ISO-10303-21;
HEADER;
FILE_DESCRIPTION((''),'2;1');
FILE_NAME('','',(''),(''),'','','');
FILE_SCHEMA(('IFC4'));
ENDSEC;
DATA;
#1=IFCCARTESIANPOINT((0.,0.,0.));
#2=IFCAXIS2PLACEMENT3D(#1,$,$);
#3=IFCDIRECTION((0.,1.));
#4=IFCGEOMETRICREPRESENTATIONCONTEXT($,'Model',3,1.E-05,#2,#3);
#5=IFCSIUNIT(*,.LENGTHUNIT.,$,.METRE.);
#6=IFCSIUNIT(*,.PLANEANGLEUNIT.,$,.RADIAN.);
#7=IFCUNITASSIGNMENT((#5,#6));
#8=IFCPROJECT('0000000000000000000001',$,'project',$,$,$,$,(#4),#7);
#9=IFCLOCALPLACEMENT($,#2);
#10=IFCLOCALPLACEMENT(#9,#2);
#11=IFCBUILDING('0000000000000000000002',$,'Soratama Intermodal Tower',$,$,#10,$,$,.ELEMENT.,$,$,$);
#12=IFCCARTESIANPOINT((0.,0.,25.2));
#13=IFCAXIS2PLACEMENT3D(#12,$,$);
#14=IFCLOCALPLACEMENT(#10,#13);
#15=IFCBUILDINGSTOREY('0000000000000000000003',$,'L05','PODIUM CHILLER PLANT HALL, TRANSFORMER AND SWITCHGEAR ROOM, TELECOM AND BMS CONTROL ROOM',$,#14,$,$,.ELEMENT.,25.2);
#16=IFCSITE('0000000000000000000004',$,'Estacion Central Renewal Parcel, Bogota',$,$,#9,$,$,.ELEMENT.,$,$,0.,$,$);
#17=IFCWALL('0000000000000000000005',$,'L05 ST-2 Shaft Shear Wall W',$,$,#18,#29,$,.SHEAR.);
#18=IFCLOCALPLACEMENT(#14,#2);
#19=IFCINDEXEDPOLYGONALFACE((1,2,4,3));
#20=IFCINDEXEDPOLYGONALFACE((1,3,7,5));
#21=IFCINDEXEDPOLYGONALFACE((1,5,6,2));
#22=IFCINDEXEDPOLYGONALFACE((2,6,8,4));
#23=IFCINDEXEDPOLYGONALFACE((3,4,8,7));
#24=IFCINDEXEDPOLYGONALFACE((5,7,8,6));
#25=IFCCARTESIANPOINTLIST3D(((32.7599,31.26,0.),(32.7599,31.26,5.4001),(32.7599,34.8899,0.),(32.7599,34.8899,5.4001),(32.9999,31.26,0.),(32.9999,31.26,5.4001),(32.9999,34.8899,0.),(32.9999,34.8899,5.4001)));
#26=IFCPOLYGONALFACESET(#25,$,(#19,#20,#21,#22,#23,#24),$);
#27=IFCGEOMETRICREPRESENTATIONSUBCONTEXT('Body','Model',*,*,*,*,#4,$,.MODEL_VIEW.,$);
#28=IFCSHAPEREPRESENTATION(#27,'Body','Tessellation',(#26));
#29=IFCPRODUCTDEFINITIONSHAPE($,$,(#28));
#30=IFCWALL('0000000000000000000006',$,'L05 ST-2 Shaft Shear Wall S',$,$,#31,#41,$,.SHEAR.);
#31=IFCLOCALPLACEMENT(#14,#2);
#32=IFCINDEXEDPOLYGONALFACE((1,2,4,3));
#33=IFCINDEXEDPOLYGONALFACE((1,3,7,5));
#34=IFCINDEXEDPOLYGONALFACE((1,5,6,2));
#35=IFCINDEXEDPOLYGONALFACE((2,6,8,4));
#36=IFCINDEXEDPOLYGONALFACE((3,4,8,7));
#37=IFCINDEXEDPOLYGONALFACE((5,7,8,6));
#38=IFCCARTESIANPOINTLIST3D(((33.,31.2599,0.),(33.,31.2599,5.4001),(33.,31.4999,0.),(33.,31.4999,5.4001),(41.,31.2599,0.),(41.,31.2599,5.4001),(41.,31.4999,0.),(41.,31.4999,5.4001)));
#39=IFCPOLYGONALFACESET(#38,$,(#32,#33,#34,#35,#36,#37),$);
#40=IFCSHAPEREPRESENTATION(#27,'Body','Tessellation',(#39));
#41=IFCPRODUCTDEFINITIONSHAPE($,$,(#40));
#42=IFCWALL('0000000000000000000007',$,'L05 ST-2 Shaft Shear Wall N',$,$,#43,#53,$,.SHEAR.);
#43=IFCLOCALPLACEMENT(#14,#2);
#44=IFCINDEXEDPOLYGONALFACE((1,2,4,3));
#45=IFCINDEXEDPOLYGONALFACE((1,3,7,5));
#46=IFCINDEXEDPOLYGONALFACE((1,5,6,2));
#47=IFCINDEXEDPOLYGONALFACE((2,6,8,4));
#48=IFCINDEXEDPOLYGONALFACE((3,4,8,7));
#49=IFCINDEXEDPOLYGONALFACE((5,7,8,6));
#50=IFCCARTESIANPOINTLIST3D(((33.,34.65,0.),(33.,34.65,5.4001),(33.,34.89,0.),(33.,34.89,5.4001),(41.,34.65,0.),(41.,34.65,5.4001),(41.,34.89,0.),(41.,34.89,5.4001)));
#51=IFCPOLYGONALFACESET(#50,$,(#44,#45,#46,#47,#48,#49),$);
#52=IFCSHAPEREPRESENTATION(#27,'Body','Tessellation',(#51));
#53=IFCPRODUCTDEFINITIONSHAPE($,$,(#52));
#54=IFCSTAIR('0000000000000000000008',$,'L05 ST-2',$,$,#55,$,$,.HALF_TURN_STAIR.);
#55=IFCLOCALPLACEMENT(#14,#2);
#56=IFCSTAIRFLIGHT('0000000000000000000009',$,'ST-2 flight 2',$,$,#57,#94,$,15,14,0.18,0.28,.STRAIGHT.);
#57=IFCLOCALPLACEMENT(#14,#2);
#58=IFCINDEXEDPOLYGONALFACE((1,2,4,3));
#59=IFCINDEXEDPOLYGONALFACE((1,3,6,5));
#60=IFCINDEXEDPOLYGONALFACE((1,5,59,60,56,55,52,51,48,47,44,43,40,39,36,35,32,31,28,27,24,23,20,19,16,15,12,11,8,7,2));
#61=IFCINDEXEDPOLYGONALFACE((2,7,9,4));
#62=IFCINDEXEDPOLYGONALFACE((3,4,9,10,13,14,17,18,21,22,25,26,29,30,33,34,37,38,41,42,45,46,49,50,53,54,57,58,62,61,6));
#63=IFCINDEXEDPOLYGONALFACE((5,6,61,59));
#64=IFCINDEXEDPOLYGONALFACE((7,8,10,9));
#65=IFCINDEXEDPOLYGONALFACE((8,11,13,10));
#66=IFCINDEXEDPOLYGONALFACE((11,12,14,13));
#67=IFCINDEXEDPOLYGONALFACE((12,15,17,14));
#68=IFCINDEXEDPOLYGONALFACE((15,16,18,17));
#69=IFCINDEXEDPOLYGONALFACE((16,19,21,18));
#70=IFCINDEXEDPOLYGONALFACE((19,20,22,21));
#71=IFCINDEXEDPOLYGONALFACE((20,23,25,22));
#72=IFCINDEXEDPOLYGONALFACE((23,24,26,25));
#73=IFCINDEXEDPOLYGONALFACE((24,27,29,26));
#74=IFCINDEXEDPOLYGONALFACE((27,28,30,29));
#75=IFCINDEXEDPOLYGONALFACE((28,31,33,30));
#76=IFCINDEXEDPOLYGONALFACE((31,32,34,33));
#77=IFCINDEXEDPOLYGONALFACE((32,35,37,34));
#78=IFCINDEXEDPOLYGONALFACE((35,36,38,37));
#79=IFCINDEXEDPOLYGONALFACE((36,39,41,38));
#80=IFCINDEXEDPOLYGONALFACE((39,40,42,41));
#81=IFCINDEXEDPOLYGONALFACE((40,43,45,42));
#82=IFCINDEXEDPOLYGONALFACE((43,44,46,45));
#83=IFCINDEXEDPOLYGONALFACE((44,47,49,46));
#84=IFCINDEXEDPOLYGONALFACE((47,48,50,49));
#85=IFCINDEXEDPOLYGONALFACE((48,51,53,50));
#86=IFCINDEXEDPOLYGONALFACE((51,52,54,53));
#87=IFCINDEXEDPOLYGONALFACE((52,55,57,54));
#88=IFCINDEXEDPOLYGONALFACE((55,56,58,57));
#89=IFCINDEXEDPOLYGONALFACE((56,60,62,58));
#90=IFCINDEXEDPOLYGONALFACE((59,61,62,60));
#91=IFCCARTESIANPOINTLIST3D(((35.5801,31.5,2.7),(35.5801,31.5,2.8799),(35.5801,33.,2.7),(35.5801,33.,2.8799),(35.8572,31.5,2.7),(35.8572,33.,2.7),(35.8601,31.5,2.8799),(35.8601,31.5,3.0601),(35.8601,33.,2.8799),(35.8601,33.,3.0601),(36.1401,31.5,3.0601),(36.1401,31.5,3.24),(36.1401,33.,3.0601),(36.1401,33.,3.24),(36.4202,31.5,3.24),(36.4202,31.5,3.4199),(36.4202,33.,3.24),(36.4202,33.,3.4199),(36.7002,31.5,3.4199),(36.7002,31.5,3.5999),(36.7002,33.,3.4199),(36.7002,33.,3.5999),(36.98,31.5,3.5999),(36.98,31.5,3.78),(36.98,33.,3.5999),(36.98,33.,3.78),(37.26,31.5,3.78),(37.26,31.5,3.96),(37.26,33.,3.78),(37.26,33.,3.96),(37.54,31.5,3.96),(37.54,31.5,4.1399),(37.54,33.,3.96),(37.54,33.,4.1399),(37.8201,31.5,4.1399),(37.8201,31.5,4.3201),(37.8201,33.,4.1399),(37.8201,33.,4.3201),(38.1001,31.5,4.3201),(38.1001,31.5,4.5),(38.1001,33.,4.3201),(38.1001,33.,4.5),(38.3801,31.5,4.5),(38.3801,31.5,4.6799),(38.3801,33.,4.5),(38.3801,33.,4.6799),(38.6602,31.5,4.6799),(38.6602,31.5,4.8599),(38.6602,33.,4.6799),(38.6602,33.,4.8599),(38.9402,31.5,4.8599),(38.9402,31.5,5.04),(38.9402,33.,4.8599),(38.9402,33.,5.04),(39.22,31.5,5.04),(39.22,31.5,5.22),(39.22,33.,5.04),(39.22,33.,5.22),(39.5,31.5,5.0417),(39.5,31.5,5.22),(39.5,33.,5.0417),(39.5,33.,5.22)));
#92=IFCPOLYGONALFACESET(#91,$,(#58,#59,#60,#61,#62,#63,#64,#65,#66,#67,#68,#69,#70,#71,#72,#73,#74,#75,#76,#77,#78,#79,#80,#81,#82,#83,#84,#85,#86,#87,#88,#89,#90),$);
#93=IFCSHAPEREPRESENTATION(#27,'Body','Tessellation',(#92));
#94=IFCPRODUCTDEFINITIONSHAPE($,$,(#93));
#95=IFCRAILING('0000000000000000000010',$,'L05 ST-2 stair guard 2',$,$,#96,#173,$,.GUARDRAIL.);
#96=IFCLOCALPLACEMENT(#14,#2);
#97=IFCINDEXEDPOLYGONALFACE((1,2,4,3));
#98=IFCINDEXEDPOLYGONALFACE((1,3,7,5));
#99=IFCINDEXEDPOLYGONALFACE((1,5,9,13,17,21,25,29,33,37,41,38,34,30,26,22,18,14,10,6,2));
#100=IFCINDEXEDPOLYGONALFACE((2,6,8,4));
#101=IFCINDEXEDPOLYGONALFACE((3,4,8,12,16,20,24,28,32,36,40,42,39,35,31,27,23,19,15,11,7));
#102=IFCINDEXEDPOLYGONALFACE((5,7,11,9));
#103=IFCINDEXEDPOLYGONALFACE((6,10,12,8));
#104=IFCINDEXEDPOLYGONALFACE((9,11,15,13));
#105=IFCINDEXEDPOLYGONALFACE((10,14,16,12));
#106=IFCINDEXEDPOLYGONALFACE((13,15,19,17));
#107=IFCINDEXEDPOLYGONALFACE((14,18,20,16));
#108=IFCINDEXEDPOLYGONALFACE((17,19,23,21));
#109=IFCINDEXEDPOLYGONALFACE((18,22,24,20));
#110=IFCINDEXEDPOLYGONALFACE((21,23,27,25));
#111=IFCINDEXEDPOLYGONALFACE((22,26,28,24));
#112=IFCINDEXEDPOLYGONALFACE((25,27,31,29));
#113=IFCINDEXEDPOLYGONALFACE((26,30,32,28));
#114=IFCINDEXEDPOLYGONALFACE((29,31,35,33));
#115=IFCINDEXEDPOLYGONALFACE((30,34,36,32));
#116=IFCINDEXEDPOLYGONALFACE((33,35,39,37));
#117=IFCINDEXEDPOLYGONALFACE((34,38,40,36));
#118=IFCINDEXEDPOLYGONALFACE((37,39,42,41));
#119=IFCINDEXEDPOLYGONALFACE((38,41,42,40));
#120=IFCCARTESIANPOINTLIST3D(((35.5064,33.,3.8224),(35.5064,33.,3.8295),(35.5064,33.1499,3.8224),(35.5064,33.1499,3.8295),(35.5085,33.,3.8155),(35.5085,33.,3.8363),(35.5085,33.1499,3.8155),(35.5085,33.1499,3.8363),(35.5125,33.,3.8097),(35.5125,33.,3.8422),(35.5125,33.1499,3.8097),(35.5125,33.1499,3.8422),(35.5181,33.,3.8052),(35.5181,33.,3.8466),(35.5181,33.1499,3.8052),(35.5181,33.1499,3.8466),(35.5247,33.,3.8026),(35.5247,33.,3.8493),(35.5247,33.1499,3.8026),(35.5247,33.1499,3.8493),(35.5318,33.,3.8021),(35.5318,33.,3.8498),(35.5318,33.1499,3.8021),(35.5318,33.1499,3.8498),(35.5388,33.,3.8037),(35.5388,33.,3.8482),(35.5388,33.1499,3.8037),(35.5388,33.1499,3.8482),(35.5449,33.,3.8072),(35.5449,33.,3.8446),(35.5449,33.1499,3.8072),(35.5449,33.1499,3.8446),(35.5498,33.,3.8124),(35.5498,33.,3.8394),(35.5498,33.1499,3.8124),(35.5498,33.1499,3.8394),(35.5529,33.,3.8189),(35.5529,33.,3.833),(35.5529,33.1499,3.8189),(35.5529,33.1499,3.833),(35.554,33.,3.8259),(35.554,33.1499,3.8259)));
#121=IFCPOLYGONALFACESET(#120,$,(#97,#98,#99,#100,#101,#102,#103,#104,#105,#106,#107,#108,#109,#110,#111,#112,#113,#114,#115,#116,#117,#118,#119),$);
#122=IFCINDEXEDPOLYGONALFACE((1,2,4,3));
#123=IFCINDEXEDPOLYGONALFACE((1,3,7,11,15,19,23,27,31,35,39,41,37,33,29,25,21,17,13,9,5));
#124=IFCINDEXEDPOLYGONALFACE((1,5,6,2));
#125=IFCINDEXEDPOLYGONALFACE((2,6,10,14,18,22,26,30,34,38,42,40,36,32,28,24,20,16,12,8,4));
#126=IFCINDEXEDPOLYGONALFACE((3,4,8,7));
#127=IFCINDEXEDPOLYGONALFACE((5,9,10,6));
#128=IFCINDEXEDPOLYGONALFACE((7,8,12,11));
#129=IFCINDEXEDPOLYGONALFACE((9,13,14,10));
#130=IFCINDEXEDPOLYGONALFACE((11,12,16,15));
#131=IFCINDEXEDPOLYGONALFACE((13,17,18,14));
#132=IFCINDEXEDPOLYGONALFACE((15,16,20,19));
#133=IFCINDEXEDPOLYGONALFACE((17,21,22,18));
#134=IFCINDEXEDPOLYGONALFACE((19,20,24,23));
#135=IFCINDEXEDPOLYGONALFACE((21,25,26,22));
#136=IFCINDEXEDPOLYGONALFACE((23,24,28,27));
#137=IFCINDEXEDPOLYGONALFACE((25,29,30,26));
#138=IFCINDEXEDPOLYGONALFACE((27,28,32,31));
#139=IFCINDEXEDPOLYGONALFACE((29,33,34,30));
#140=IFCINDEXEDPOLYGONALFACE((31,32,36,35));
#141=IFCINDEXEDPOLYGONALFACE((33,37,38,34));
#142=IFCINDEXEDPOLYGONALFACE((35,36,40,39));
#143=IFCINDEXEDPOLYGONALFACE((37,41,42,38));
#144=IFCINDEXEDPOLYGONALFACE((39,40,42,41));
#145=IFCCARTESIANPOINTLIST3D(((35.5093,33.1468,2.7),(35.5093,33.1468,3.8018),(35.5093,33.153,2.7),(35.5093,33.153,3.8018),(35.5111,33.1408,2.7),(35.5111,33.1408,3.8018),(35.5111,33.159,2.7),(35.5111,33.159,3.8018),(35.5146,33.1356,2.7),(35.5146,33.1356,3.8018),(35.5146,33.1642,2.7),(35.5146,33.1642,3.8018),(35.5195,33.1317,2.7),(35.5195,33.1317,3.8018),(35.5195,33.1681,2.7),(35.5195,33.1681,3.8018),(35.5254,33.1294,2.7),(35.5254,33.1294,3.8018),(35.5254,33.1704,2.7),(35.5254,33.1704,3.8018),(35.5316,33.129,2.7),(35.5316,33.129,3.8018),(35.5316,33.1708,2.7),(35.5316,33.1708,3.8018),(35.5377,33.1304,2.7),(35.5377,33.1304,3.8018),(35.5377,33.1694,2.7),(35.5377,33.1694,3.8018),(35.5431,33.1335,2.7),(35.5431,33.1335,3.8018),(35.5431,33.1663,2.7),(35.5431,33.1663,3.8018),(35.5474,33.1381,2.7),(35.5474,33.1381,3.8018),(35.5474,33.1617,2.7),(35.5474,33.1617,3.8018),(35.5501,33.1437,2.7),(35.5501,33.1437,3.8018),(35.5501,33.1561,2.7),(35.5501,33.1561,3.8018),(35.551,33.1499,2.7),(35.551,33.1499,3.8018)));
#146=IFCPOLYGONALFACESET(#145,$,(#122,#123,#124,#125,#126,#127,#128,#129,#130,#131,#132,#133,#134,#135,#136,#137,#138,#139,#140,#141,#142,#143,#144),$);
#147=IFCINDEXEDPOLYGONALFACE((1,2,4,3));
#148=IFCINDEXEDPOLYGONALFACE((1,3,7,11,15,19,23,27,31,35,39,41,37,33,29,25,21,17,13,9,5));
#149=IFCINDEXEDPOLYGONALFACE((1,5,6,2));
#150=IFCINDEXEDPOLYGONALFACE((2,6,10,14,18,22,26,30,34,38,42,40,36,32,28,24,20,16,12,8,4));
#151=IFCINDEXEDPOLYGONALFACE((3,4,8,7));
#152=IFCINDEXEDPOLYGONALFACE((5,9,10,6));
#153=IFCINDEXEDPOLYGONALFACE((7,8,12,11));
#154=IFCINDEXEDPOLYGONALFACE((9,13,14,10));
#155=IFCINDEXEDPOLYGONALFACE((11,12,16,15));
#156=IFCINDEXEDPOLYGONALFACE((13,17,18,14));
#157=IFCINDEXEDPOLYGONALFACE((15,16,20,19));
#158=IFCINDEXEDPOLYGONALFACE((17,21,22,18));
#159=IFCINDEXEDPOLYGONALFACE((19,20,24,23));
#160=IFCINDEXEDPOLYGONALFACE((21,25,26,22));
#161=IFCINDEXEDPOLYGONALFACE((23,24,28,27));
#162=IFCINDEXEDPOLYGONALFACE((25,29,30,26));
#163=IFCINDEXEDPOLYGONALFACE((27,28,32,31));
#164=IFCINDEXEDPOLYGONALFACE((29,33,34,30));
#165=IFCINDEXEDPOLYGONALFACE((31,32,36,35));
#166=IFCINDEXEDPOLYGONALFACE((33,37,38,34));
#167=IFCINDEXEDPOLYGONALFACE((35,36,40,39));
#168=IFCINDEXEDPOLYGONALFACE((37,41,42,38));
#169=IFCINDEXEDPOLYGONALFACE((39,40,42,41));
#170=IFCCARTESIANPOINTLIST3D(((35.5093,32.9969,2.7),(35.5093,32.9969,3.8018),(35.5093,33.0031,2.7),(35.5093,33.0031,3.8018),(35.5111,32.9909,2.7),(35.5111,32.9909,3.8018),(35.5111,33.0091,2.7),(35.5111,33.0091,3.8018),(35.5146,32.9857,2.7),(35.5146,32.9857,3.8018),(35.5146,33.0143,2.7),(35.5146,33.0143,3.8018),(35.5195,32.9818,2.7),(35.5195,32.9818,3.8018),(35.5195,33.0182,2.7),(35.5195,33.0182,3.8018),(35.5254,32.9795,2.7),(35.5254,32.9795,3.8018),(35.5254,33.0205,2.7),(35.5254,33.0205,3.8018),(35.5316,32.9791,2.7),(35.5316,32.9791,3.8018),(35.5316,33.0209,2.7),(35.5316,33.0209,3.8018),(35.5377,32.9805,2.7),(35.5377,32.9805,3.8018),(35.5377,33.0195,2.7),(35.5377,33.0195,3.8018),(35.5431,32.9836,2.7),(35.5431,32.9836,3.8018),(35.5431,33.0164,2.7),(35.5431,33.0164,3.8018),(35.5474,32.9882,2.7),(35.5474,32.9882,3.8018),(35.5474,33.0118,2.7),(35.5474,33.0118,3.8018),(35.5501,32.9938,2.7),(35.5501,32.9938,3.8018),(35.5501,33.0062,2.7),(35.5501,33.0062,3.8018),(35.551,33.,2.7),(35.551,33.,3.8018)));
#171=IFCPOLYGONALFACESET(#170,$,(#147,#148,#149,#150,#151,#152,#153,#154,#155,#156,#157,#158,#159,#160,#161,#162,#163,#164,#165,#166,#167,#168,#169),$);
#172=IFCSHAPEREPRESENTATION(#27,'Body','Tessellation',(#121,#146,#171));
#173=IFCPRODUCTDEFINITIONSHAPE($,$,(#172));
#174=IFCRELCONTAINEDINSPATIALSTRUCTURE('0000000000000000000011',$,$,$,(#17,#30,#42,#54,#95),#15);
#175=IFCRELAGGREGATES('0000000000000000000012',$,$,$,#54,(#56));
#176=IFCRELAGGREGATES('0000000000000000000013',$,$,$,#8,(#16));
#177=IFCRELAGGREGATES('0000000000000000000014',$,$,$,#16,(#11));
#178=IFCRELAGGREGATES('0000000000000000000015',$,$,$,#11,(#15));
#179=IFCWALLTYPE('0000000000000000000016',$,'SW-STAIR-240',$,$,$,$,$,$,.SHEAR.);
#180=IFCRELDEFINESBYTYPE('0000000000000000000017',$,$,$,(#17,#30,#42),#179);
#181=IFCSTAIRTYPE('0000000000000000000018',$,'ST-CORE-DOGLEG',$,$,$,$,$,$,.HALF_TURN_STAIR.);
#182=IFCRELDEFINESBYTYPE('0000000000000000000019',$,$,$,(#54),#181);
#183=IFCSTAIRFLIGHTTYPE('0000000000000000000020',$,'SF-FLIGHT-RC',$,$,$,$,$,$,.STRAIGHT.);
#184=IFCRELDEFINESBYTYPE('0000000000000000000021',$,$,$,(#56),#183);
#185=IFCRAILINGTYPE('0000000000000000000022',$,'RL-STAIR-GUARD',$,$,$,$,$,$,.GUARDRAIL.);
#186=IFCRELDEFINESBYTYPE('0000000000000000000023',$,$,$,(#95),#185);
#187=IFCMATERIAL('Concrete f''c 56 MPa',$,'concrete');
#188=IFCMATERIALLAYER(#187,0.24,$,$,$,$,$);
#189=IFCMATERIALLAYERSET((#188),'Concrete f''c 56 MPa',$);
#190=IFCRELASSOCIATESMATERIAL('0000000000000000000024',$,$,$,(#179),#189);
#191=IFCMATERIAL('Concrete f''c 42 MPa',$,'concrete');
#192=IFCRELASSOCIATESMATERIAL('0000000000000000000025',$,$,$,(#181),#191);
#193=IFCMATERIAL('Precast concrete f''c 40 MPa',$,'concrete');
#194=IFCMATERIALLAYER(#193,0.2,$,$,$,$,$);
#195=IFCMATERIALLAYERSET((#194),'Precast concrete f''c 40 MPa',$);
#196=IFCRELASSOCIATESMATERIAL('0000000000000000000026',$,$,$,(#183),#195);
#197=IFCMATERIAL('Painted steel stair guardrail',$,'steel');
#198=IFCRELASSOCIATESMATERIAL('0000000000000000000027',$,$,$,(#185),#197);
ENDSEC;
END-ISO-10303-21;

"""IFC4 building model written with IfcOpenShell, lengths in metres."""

from ifc_helpers import new_model, si_unit, direction, frame, frame_2d, origin, origin_2d, place, context, subcontext, project, spatial, polyline, rectangle, circle, outline, extrude, material, layer, layer_set, type_object, element, aggregate, save


model = new_model("IFC4")

# Units and contexts
model_context = context("Model", 3, precision=1e-05, world=origin(), true_north=direction((0.0, 1.0)))
body_context = subcontext(model_context, "Body", "Model", "MODEL_VIEW")
ifc_project = project(units=[si_unit("LENGTHUNIT", "METRE"), si_unit("PLANEANGLEUNIT", "RADIAN")], contexts=[model_context])

# Site, building, storey
site_placement = place(None, origin())
site = spatial("IfcSite", under=ifc_project, at=site_placement, Name="Estacion Central Renewal Parcel, Bogota", CompositionType="ELEMENT", RefElevation=0.0)
building_placement = place(site_placement, origin())
building = spatial("IfcBuilding", under=site, at=building_placement, Name="Soratama Intermodal Tower", CompositionType="ELEMENT")
storey_placement = place(building_placement, frame((0.0, 0.0, 25.2)))
storey = spatial("IfcBuildingStorey", under=building, at=storey_placement, Name="L05", Description="PODIUM CHILLER PLANT HALL, TRANSFORMER AND SWITCHGEAR ROOM, TELECOM AND BMS CONTROL ROOM", CompositionType="ELEMENT", Elevation=25.2)

# Walls
ifc_material_1 = material(Name="Concrete f'c 56 MPa", Category="concrete")
ifc_layer_1 = layer(ifc_material_1, 0.24)
ifc_layer_set_1 = layer_set([ifc_layer_1], Name="Concrete f'c 56 MPa")
wall_type_1 = type_object("IfcWallType", Name="SW-STAIR-240", PredefinedType="SHEAR", material=ifc_layer_set_1)
wall_1_placement = place(storey_placement, frame((32.8799, 31.26, 0.0), z_axis=(0.0, 0.0, 1.0), x_axis=(0.0, 1.0, 0.0)))
element("IfcWall", 1, at=wall_1_placement, inside=storey, type_object=wall_type_1, Name="L05 ST-2 Shaft Shear Wall W", PredefinedType="SHEAR", context=body_context, shape_type="SweptSolid", body=[
    extrude(rectangle(XDim=3.6299, YDim=0.24, at=frame_2d((1.8149, 0.0))), origin(), (0.0, 0.0, 1.0), 5.4001),
])
for number, where, z_axis, x_axis, name in (
    (2, (33.0, 31.3799, 0.0), (0.0, 0.0, 1.0), (1.0, 0.0, 0.0), "L05 ST-2 Shaft Shear Wall S"),
    (3, (33.0, 34.77, 0.0), (0.0, 0.0, 1.0), (1.0, 0.0, 0.0), "L05 ST-2 Shaft Shear Wall N"),
):
    element("IfcWall", number, at=place(storey_placement, frame(where, z_axis=z_axis, x_axis=x_axis)), inside=storey, type_object=wall_type_1, Name=name, PredefinedType="SHEAR", context=body_context, shape_type="SweptSolid", body=[
        extrude(rectangle(XDim=8.0, YDim=0.24, at=frame_2d((4.0, 0.0))), origin(), (0.0, 0.0, 1.0), 5.4001),
    ])

# Stair, stair flight
ifc_material_2 = material(Name="Concrete f'c 42 MPa", Category="concrete")
stair_type = type_object("IfcStairType", Name="ST-CORE-DOGLEG", PredefinedType="HALF_TURN_STAIR", material=ifc_material_2)
stair_placement = place(storey_placement, origin())
stair = element("IfcStair", 4, at=stair_placement, inside=storey, type_object=stair_type, Name="L05 ST-2", PredefinedType="HALF_TURN_STAIR")
ifc_material_3 = material(Name="Precast concrete f'c 40 MPa", Category="concrete")
ifc_layer_2 = layer(ifc_material_3, 0.2)
ifc_layer_set_2 = layer_set([ifc_layer_2], Name="Precast concrete f'c 40 MPa")
stair_flight_type = type_object("IfcStairFlightType", Name="SF-FLIGHT-RC", PredefinedType="STRAIGHT", material=ifc_layer_set_2)
stair_flight_placement = place(storey_placement, frame((35.5801, 32.25, 2.7), z_axis=(0.0, 0.0, 1.0), x_axis=(1.0, 0.0, 0.0)))
stair_flight = element("IfcStairFlight", 5, at=stair_flight_placement, type_object=stair_flight_type, Name="ST-2 flight 2", NumberOfRisers=15, NumberOfTreads=14, PredefinedType="STRAIGHT", RiserHeight=0.18, TreadLength=0.28, context=body_context, shape_type="SweptSolid", body=[
    extrude(outline(polyline([(0.0, 0.0), (0.0, 0.1799), (0.28, 0.1799), (0.28, 0.3601), (0.5601, 0.3601), (0.5601, 0.54), (0.8401, 0.54), (0.8401, 0.72), (1.1201, 0.72), (1.1201, 0.8999), (1.3999, 0.8999), (1.3999, 1.0801), (1.6799, 1.0801), (1.6799, 1.26), (1.96, 1.26), (1.96, 1.4399), (2.24, 1.4399), (2.24, 1.6201), (2.52, 1.6201), (2.52, 1.8), (2.8, 1.8), (2.8, 1.98), (3.0801, 1.98), (3.0801, 2.1599), (3.3601, 2.1599), (3.3601, 2.3401), (3.6399, 2.3401), (3.6399, 2.52), (3.9199, 2.52), (3.9199, 2.7), (3.9199, 2.3418), (0.2771, 0.0), (0.0, 0.0)])), frame((0.0, 0.75, 0.0), z_axis=(0.0, -1.0, 0.0), x_axis=(1.0, 0.0, 0.0)), (0.0, 0.0, 1.0), 1.5),
])
aggregate(stair, [stair_flight])

# Railing
ifc_material_4 = material(Name="Painted steel stair guardrail", Category="steel")
railing_type_1 = type_object("IfcRailingType", Name="RL-STAIR-GUARD", PredefinedType="GUARDRAIL", material=ifc_material_4)
railing_1_placement = place(storey_placement, frame((35.53, 33.1499, 2.7)))
element("IfcRailing", 6, at=railing_1_placement, inside=storey, type_object=railing_type_1, Name="L05 ST-2 stair guard 2", PredefinedType="GUARDRAIL", context=body_context, shape_type="SweptSolid", body=[
    extrude(circle(Radius=0.0239, at=origin_2d()), frame((0.0, 0.0, 1.126), z_axis=(0.0, -1.0, 0.0), x_axis=(1.0, 0.0, 0.0)), (0.0, 0.0, 1.0), 0.1499),
    extrude(circle(Radius=0.021, at=origin_2d()), origin(), (0.0, 0.0, 1.0), 1.1018),
    extrude(circle(Radius=0.021, at=origin_2d()), frame((0.0, -0.1499, 0.0)), (0.0, 0.0, 1.0), 1.1018),
])

save(model, "model.ifc")
